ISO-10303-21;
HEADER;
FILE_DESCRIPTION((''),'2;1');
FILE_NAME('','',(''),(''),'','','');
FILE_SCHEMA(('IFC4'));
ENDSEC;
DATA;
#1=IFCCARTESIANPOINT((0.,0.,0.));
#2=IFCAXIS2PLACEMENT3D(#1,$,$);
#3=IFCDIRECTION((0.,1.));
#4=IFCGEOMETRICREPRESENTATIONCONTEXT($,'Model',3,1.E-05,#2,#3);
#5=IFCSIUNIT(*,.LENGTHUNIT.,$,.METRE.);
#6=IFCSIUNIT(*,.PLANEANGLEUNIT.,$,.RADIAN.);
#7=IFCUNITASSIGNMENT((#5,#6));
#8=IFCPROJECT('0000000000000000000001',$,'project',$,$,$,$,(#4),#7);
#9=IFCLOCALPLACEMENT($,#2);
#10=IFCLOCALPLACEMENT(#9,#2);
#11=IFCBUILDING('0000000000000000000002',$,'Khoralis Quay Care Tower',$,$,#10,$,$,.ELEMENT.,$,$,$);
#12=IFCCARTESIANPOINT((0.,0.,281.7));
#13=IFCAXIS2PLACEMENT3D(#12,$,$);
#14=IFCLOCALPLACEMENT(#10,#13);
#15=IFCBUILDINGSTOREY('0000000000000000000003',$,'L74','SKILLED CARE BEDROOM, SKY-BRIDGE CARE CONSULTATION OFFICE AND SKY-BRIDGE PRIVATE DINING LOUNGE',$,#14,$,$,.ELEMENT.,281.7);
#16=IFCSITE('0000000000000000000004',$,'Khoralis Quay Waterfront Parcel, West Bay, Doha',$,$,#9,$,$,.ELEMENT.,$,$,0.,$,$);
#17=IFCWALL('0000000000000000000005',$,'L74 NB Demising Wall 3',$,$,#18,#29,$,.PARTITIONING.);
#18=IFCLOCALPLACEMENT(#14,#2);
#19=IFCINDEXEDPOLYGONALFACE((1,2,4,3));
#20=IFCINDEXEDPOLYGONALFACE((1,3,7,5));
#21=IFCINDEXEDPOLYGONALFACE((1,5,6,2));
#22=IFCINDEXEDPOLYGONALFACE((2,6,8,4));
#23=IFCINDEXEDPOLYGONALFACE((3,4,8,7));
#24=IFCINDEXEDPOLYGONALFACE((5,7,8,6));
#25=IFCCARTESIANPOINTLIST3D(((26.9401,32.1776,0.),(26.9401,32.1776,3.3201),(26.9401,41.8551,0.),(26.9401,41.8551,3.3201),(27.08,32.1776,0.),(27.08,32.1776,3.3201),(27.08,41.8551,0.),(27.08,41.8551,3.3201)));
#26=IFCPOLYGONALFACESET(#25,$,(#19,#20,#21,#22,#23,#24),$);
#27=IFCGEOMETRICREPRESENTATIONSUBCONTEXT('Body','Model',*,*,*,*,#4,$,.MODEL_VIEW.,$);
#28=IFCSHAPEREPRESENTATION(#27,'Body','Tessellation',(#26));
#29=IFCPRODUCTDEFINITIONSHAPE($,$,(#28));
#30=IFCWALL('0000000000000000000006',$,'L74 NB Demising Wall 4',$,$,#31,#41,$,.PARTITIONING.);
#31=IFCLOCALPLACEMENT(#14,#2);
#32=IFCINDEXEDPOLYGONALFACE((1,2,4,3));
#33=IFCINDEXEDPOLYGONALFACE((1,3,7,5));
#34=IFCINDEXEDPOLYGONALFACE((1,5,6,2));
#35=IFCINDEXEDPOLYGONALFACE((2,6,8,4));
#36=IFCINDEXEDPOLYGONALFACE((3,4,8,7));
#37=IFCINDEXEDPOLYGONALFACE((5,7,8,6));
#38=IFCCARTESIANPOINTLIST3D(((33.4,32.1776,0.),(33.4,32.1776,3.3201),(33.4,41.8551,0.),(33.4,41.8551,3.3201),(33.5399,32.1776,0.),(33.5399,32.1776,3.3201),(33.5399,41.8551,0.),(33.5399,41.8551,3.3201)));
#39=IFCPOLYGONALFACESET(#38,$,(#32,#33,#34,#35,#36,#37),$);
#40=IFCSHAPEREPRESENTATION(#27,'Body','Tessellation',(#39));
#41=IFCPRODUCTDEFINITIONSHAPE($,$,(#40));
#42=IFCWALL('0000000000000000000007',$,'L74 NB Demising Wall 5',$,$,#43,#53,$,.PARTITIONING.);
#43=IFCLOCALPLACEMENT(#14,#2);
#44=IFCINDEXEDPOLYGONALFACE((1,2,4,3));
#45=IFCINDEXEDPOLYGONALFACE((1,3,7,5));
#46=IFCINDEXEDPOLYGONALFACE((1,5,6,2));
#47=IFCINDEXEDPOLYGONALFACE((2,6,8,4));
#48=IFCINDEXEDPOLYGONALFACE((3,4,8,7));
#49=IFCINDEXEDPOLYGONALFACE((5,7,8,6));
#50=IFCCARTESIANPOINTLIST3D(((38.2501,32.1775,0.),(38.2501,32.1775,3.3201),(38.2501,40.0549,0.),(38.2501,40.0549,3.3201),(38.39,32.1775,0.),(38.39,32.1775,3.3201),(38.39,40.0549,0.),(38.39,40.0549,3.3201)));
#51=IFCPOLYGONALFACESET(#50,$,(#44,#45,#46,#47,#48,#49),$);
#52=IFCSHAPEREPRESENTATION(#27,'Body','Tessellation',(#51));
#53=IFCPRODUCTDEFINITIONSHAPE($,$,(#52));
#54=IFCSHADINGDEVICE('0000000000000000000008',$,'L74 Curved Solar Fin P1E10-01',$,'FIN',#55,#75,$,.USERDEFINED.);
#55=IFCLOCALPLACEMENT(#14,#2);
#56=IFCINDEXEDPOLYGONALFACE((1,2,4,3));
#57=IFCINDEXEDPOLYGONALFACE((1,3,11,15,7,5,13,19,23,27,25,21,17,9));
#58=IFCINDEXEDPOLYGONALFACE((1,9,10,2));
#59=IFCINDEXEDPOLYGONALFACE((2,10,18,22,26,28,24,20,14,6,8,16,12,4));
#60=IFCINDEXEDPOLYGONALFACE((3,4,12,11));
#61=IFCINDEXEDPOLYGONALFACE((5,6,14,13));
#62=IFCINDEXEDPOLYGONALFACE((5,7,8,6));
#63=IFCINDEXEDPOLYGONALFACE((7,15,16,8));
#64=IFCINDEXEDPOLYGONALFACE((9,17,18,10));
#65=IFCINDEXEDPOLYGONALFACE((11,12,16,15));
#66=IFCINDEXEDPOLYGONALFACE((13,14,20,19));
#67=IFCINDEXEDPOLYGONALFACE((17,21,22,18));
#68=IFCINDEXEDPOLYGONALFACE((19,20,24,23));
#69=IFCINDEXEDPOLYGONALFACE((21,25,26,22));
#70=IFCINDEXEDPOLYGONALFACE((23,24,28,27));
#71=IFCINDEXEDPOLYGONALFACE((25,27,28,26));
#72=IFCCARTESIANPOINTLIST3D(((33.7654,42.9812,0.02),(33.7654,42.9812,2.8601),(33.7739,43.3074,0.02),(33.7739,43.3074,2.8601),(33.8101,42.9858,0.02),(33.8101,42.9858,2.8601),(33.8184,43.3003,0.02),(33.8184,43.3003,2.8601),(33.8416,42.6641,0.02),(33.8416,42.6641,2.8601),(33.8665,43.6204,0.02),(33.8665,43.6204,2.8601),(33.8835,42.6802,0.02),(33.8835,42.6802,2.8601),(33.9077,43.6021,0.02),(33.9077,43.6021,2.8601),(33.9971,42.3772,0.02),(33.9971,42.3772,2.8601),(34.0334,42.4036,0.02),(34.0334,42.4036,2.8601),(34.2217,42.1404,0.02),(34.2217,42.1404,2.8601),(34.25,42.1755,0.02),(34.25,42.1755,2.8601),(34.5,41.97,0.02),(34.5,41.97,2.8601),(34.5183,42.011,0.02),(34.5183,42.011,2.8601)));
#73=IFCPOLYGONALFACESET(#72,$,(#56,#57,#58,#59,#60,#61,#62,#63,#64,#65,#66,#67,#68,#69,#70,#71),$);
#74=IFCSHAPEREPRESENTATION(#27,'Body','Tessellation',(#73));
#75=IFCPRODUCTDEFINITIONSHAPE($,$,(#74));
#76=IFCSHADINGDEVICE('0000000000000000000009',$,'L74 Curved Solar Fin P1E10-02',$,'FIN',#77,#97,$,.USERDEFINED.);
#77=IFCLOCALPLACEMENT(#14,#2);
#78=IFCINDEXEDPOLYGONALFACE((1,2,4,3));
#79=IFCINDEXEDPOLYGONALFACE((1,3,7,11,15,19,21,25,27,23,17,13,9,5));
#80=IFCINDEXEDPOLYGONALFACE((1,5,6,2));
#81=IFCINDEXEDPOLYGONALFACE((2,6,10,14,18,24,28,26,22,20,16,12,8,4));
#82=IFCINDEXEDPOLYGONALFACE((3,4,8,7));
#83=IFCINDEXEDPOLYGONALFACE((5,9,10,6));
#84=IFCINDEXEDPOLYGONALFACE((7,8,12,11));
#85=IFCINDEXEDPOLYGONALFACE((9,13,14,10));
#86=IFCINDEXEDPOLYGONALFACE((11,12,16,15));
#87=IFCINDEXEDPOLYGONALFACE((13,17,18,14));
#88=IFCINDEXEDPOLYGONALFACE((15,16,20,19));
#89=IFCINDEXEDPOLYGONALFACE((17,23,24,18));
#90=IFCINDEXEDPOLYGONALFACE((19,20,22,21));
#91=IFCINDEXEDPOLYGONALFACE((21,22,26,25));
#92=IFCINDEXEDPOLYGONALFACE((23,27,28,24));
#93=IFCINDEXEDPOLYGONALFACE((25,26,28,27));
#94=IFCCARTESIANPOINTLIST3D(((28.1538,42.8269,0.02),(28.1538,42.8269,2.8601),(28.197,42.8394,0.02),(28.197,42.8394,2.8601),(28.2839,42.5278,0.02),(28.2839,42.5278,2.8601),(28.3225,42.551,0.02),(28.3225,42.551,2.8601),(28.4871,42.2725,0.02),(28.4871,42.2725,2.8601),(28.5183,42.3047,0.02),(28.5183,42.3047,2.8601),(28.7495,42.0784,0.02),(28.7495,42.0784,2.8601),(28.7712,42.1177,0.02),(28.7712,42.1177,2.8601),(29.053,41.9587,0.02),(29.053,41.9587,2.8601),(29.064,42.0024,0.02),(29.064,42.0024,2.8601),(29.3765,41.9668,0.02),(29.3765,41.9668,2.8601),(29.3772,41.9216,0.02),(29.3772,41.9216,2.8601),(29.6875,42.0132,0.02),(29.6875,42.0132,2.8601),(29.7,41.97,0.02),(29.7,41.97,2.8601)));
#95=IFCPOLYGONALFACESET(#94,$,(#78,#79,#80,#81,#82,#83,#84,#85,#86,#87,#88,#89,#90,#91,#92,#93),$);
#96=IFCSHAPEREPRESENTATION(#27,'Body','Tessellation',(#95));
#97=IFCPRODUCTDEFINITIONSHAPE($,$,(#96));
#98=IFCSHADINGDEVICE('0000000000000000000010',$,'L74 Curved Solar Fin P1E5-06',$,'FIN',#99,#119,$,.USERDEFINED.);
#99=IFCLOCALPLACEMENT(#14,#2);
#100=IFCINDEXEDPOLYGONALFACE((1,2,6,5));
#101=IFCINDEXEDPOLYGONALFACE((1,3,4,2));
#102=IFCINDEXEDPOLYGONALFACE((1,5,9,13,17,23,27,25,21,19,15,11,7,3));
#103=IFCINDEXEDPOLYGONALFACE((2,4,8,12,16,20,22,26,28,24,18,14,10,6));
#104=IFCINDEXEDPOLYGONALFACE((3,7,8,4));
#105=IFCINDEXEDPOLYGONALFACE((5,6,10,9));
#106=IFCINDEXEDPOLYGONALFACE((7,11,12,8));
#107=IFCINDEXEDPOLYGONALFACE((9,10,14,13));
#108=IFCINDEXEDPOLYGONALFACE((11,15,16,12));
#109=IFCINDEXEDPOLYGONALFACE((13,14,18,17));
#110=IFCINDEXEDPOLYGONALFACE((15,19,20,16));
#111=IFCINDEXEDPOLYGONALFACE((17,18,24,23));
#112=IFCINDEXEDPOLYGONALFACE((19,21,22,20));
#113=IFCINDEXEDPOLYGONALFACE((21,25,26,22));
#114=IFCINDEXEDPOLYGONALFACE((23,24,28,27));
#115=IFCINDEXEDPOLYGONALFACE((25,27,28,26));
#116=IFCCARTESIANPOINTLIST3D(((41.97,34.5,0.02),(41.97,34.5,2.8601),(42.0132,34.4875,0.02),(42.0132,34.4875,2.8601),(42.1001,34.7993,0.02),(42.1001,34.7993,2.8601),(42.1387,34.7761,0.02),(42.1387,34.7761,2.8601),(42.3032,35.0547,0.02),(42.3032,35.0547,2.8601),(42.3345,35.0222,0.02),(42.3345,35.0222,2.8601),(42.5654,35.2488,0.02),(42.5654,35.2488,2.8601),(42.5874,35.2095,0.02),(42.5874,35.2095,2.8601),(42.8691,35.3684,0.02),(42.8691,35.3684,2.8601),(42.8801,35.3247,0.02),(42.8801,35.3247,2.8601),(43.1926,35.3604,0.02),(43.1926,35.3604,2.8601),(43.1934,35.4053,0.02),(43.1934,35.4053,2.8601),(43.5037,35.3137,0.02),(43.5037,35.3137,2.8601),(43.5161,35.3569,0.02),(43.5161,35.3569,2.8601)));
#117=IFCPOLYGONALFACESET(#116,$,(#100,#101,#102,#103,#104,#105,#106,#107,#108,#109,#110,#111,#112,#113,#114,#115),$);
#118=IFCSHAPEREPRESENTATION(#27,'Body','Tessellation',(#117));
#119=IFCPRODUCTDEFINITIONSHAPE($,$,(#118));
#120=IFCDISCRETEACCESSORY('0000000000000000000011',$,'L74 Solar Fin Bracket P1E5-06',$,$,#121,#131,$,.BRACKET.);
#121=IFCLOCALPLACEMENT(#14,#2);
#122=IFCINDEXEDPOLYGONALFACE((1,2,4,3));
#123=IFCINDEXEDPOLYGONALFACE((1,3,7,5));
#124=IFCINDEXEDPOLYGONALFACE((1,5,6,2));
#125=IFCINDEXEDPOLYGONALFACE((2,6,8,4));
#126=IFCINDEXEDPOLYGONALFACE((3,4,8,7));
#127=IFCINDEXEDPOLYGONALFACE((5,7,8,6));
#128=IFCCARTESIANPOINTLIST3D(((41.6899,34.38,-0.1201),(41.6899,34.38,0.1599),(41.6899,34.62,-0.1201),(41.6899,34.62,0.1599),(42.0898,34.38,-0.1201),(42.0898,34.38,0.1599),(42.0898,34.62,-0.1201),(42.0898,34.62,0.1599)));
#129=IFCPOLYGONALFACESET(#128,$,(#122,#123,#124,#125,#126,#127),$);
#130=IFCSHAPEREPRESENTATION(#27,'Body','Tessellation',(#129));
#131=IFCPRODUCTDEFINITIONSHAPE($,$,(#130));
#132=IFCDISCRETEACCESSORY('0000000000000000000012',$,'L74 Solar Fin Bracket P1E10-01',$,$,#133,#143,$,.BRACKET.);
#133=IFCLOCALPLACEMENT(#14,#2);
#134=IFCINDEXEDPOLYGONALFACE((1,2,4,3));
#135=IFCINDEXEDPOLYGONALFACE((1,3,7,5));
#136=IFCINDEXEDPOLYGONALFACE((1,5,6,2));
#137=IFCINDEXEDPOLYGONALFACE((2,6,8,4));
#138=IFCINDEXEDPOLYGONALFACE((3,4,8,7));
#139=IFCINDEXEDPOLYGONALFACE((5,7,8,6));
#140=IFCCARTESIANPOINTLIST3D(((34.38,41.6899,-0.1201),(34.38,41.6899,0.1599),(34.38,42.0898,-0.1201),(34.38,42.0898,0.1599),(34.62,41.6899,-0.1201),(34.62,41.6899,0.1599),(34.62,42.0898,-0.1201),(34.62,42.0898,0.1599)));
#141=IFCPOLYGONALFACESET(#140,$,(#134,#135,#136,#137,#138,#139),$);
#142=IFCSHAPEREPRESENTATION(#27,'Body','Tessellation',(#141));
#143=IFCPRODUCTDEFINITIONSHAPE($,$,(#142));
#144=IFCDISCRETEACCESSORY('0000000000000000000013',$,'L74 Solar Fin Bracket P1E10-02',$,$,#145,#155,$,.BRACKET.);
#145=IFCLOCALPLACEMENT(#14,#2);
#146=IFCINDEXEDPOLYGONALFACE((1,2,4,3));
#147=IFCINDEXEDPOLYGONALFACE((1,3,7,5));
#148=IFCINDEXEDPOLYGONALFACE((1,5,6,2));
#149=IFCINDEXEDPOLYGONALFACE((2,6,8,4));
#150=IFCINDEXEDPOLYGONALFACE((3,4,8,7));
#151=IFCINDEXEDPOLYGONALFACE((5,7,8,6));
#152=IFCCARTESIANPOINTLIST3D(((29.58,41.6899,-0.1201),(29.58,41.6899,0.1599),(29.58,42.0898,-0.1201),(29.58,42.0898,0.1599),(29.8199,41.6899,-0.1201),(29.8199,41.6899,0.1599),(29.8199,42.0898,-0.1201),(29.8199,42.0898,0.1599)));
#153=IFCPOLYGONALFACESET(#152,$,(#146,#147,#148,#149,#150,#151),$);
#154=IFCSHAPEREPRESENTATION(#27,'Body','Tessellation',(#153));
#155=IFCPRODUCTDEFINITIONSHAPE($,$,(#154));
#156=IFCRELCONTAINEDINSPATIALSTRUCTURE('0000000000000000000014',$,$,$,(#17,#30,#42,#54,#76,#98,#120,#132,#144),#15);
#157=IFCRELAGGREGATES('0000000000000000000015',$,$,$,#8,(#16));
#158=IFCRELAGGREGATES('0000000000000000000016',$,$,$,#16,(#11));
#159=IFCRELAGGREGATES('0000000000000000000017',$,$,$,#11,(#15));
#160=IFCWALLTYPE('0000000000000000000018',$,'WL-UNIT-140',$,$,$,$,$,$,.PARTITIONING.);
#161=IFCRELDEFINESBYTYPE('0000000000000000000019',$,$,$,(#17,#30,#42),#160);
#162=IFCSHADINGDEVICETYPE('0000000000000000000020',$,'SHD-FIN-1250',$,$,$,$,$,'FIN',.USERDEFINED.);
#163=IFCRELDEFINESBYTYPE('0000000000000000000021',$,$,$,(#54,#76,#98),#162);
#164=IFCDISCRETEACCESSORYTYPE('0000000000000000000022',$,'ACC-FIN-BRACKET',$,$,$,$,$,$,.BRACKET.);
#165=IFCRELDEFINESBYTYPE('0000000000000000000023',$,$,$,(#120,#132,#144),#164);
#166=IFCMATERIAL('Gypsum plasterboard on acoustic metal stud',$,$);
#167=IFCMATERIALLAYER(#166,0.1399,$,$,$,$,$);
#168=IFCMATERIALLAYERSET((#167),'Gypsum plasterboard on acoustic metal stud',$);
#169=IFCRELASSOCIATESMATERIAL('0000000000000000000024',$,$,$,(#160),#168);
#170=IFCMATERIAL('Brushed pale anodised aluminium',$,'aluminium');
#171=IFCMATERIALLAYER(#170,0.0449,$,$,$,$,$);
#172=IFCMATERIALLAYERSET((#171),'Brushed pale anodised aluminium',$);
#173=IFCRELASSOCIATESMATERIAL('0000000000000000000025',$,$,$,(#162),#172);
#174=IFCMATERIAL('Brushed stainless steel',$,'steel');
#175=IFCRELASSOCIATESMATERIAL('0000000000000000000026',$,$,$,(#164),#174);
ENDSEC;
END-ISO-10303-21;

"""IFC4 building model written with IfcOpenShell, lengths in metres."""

from ifc_helpers import new_model, si_unit, direction, frame, frame_2d, origin, origin_2d, place, context, subcontext, project, spatial, polyline, rectangle, outline, extrude, source, transform, mapped, material, layer, layer_set, type_object, element, save


model = new_model("IFC4")

# Units and contexts
model_context = context("Model", 3, precision=1e-05, world=origin(), true_north=direction((0.0, 1.0)))
body_context = subcontext(model_context, "Body", "Model", "MODEL_VIEW")
ifc_project = project(units=[si_unit("LENGTHUNIT", "METRE"), si_unit("PLANEANGLEUNIT", "RADIAN")], contexts=[model_context])

# Site, building, storey
site_placement = place(None, origin())
site = spatial("IfcSite", under=ifc_project, at=site_placement, Name="Khoralis Quay Waterfront Parcel, West Bay, Doha", CompositionType="ELEMENT", RefElevation=0.0)
building_placement = place(site_placement, origin())
building = spatial("IfcBuilding", under=site, at=building_placement, Name="Khoralis Quay Care Tower", CompositionType="ELEMENT")
storey_placement = place(building_placement, frame((0.0, 0.0, 281.7)))
storey = spatial("IfcBuildingStorey", under=building, at=storey_placement, Name="L74", Description="SKILLED CARE BEDROOM, SKY-BRIDGE CARE CONSULTATION OFFICE AND SKY-BRIDGE PRIVATE DINING LOUNGE", CompositionType="ELEMENT", Elevation=281.7)

# Walls
ifc_material_1 = material(Name="Gypsum plasterboard on acoustic metal stud")
ifc_layer_1 = layer(ifc_material_1, 0.1399)
ifc_layer_set_1 = layer_set([ifc_layer_1], Name="Gypsum plasterboard on acoustic metal stud")
wall_type_1 = type_object("IfcWallType", Name="WL-UNIT-140", PredefinedType="PARTITIONING", material=ifc_layer_set_1)
for number, where, z_axis, x_axis, name in (
    (1, (27.01, 32.1775, 0.0), (0.0, 0.0, 1.0), (0.0, 1.0, 0.0), "L74 NB Demising Wall 3"),
    (2, (33.47, 32.1775, 0.0), (0.0, 0.0, 1.0), (0.0, 1.0, 0.0), "L74 NB Demising Wall 4"),
):
    element("IfcWall", number, at=place(storey_placement, frame(where, z_axis=z_axis, x_axis=x_axis)), inside=storey, type_object=wall_type_1, Name=name, PredefinedType="PARTITIONING", context=body_context, shape_type="SweptSolid", body=[
        extrude(rectangle(XDim=9.6775, YDim=0.1399, at=frame_2d((4.8389, 0.0))), origin(), (0.0, 0.0, 1.0), 3.3201),
    ])
wall_1_placement = place(storey_placement, frame((38.3201, 32.1775, 0.0), z_axis=(0.0, 0.0, 1.0), x_axis=(0.0, 1.0, 0.0)))
element("IfcWall", 3, at=wall_1_placement, inside=storey, type_object=wall_type_1, Name="L74 NB Demising Wall 5", PredefinedType="PARTITIONING", context=body_context, shape_type="SweptSolid", body=[
    extrude(rectangle(XDim=7.8774, YDim=0.1399, at=frame_2d((3.9387, 0.0))), origin(), (0.0, 0.0, 1.0), 3.3201),
])

# Shading devices
ifc_material_2 = material(Name="Brushed pale anodised aluminium", Category="aluminium")
ifc_layer_2 = layer(ifc_material_2, 0.0449)
ifc_layer_set_2 = layer_set([ifc_layer_2], Name="Brushed pale anodised aluminium")
shading_device_type = type_object("IfcShadingDeviceType", Name="SHD-FIN-1250", ElementType="FIN", PredefinedType="USERDEFINED", material=ifc_layer_set_2)
shared_shape_1 = source(origin(), body_context, "Body", "SweptSolid", [
    extrude(outline(polyline([(0.0, 0.0), (0.1704, 0.2783), (0.4072, 0.5029), (0.6941, 0.6584), (1.0112, 0.7346), (1.3374, 0.7261), (1.6504, 0.6335), (1.6321, 0.5923), (1.3303, 0.6816), (1.0159, 0.6899), (0.7102, 0.6165), (0.4336, 0.4666), (0.2056, 0.25), (0.041, -0.0183), (0.0, 0.0)])), origin(), (0.0, 0.0, 1.0), 2.8401),
])
shading_device_1_placement = place(storey_placement, frame((34.5, 41.97, 0.02), z_axis=(0.0, 0.0, 1.0), x_axis=(0.0, 1.0, 0.0)))
element("IfcShadingDevice", 4, at=shading_device_1_placement, inside=storey, type_object=shading_device_type, Name="L74 Curved Solar Fin P1E10-01", ObjectType="FIN", PredefinedType="USERDEFINED", context=body_context, shape_type="MappedRepresentation", body=[
    mapped(shared_shape_1, transform((0.0, 0.0, 0.0), scale=1.0)),
])
shared_shape_2 = source(origin(), body_context, "Body", "SweptSolid", [
    extrude(outline(polyline([(0.0, 0.0), (-0.0483, 0.3228), (-0.0112, 0.647), (0.1084, 0.9504), (0.3025, 1.2129), (0.5579, 1.416), (0.8569, 1.5461), (0.8694, 1.5029), (0.5811, 1.3774), (0.3347, 1.1816), (0.1477, 0.9287), (0.0325, 0.636), (-0.0032, 0.3235), (0.0432, 0.0125), (0.0, 0.0)])), origin(), (0.0, 0.0, 1.0), 2.8401),
])
shading_device_2_placement = place(storey_placement, frame((29.7, 41.97, 0.02), z_axis=(0.0, 0.0, 1.0), x_axis=(0.0, 1.0, 0.0)))
element("IfcShadingDevice", 5, at=shading_device_2_placement, inside=storey, type_object=shading_device_type, Name="L74 Curved Solar Fin P1E10-02", ObjectType="FIN", PredefinedType="USERDEFINED", context=body_context, shape_type="MappedRepresentation", body=[
    mapped(shared_shape_2, transform((0.0, 0.0, 0.0), scale=1.0)),
])
shared_shape_3 = source(origin(), body_context, "Body", "SweptSolid", [
    extrude(outline(polyline([(0.0, 0.0), (0.1301, 0.2993), (0.3333, 0.5547), (0.5955, 0.7488), (0.8992, 0.8684), (1.2234, 0.9053), (1.5461, 0.8569), (1.5337, 0.8137), (1.2227, 0.8604), (0.9102, 0.8247), (0.6174, 0.7095), (0.3645, 0.5222), (0.1687, 0.2761), (0.0432, -0.0125), (0.0, 0.0)])), origin(), (0.0, 0.0, 1.0), 2.8401),
])
shading_device_3_placement = place(storey_placement, frame((41.97, 34.5, 0.02), z_axis=(0.0, 0.0, 1.0), x_axis=(1.0, 0.0, 0.0)))
element("IfcShadingDevice", 6, at=shading_device_3_placement, inside=storey, type_object=shading_device_type, Name="L74 Curved Solar Fin P1E5-06", ObjectType="FIN", PredefinedType="USERDEFINED", context=body_context, shape_type="MappedRepresentation", body=[
    mapped(shared_shape_3, transform((0.0, 0.0, 0.0), scale=1.0)),
])

# Discrete accessories
ifc_material_3 = material(Name="Brushed stainless steel", Category="steel")
discrete_accessory_type = type_object("IfcDiscreteAccessoryType", Name="ACC-FIN-BRACKET", PredefinedType="BRACKET", material=ifc_material_3)
shared_shape_4 = source(origin(), body_context, "Body", "SweptSolid", [
    extrude(rectangle(XDim=0.3999, YDim=0.24, at=origin_2d()), origin(), (0.0, 0.0, 1.0), 0.28),
])
for number, where, z_axis, x_axis, name in (
    (7, (41.8899, 34.5, -0.1201), (0.0, 0.0, 1.0), (1.0, 0.0, 0.0), "L74 Solar Fin Bracket P1E5-06"),
    (8, (34.5, 41.8899, -0.1201), (0.0, 0.0, 1.0), (0.0, 1.0, 0.0), "L74 Solar Fin Bracket P1E10-01"),
    (9, (29.7, 41.8899, -0.1201), (0.0, 0.0, 1.0), (0.0, 1.0, 0.0), "L74 Solar Fin Bracket P1E10-02"),
):
    element("IfcDiscreteAccessory", number, at=place(storey_placement, frame(where, z_axis=z_axis, x_axis=x_axis)), inside=storey, type_object=discrete_accessory_type, Name=name, PredefinedType="BRACKET", context=body_context, shape_type="MappedRepresentation", body=[
        mapped(shared_shape_4, transform((0.0, 0.0, 0.0), scale=1.0)),
    ])

save(model, "model.ifc")
